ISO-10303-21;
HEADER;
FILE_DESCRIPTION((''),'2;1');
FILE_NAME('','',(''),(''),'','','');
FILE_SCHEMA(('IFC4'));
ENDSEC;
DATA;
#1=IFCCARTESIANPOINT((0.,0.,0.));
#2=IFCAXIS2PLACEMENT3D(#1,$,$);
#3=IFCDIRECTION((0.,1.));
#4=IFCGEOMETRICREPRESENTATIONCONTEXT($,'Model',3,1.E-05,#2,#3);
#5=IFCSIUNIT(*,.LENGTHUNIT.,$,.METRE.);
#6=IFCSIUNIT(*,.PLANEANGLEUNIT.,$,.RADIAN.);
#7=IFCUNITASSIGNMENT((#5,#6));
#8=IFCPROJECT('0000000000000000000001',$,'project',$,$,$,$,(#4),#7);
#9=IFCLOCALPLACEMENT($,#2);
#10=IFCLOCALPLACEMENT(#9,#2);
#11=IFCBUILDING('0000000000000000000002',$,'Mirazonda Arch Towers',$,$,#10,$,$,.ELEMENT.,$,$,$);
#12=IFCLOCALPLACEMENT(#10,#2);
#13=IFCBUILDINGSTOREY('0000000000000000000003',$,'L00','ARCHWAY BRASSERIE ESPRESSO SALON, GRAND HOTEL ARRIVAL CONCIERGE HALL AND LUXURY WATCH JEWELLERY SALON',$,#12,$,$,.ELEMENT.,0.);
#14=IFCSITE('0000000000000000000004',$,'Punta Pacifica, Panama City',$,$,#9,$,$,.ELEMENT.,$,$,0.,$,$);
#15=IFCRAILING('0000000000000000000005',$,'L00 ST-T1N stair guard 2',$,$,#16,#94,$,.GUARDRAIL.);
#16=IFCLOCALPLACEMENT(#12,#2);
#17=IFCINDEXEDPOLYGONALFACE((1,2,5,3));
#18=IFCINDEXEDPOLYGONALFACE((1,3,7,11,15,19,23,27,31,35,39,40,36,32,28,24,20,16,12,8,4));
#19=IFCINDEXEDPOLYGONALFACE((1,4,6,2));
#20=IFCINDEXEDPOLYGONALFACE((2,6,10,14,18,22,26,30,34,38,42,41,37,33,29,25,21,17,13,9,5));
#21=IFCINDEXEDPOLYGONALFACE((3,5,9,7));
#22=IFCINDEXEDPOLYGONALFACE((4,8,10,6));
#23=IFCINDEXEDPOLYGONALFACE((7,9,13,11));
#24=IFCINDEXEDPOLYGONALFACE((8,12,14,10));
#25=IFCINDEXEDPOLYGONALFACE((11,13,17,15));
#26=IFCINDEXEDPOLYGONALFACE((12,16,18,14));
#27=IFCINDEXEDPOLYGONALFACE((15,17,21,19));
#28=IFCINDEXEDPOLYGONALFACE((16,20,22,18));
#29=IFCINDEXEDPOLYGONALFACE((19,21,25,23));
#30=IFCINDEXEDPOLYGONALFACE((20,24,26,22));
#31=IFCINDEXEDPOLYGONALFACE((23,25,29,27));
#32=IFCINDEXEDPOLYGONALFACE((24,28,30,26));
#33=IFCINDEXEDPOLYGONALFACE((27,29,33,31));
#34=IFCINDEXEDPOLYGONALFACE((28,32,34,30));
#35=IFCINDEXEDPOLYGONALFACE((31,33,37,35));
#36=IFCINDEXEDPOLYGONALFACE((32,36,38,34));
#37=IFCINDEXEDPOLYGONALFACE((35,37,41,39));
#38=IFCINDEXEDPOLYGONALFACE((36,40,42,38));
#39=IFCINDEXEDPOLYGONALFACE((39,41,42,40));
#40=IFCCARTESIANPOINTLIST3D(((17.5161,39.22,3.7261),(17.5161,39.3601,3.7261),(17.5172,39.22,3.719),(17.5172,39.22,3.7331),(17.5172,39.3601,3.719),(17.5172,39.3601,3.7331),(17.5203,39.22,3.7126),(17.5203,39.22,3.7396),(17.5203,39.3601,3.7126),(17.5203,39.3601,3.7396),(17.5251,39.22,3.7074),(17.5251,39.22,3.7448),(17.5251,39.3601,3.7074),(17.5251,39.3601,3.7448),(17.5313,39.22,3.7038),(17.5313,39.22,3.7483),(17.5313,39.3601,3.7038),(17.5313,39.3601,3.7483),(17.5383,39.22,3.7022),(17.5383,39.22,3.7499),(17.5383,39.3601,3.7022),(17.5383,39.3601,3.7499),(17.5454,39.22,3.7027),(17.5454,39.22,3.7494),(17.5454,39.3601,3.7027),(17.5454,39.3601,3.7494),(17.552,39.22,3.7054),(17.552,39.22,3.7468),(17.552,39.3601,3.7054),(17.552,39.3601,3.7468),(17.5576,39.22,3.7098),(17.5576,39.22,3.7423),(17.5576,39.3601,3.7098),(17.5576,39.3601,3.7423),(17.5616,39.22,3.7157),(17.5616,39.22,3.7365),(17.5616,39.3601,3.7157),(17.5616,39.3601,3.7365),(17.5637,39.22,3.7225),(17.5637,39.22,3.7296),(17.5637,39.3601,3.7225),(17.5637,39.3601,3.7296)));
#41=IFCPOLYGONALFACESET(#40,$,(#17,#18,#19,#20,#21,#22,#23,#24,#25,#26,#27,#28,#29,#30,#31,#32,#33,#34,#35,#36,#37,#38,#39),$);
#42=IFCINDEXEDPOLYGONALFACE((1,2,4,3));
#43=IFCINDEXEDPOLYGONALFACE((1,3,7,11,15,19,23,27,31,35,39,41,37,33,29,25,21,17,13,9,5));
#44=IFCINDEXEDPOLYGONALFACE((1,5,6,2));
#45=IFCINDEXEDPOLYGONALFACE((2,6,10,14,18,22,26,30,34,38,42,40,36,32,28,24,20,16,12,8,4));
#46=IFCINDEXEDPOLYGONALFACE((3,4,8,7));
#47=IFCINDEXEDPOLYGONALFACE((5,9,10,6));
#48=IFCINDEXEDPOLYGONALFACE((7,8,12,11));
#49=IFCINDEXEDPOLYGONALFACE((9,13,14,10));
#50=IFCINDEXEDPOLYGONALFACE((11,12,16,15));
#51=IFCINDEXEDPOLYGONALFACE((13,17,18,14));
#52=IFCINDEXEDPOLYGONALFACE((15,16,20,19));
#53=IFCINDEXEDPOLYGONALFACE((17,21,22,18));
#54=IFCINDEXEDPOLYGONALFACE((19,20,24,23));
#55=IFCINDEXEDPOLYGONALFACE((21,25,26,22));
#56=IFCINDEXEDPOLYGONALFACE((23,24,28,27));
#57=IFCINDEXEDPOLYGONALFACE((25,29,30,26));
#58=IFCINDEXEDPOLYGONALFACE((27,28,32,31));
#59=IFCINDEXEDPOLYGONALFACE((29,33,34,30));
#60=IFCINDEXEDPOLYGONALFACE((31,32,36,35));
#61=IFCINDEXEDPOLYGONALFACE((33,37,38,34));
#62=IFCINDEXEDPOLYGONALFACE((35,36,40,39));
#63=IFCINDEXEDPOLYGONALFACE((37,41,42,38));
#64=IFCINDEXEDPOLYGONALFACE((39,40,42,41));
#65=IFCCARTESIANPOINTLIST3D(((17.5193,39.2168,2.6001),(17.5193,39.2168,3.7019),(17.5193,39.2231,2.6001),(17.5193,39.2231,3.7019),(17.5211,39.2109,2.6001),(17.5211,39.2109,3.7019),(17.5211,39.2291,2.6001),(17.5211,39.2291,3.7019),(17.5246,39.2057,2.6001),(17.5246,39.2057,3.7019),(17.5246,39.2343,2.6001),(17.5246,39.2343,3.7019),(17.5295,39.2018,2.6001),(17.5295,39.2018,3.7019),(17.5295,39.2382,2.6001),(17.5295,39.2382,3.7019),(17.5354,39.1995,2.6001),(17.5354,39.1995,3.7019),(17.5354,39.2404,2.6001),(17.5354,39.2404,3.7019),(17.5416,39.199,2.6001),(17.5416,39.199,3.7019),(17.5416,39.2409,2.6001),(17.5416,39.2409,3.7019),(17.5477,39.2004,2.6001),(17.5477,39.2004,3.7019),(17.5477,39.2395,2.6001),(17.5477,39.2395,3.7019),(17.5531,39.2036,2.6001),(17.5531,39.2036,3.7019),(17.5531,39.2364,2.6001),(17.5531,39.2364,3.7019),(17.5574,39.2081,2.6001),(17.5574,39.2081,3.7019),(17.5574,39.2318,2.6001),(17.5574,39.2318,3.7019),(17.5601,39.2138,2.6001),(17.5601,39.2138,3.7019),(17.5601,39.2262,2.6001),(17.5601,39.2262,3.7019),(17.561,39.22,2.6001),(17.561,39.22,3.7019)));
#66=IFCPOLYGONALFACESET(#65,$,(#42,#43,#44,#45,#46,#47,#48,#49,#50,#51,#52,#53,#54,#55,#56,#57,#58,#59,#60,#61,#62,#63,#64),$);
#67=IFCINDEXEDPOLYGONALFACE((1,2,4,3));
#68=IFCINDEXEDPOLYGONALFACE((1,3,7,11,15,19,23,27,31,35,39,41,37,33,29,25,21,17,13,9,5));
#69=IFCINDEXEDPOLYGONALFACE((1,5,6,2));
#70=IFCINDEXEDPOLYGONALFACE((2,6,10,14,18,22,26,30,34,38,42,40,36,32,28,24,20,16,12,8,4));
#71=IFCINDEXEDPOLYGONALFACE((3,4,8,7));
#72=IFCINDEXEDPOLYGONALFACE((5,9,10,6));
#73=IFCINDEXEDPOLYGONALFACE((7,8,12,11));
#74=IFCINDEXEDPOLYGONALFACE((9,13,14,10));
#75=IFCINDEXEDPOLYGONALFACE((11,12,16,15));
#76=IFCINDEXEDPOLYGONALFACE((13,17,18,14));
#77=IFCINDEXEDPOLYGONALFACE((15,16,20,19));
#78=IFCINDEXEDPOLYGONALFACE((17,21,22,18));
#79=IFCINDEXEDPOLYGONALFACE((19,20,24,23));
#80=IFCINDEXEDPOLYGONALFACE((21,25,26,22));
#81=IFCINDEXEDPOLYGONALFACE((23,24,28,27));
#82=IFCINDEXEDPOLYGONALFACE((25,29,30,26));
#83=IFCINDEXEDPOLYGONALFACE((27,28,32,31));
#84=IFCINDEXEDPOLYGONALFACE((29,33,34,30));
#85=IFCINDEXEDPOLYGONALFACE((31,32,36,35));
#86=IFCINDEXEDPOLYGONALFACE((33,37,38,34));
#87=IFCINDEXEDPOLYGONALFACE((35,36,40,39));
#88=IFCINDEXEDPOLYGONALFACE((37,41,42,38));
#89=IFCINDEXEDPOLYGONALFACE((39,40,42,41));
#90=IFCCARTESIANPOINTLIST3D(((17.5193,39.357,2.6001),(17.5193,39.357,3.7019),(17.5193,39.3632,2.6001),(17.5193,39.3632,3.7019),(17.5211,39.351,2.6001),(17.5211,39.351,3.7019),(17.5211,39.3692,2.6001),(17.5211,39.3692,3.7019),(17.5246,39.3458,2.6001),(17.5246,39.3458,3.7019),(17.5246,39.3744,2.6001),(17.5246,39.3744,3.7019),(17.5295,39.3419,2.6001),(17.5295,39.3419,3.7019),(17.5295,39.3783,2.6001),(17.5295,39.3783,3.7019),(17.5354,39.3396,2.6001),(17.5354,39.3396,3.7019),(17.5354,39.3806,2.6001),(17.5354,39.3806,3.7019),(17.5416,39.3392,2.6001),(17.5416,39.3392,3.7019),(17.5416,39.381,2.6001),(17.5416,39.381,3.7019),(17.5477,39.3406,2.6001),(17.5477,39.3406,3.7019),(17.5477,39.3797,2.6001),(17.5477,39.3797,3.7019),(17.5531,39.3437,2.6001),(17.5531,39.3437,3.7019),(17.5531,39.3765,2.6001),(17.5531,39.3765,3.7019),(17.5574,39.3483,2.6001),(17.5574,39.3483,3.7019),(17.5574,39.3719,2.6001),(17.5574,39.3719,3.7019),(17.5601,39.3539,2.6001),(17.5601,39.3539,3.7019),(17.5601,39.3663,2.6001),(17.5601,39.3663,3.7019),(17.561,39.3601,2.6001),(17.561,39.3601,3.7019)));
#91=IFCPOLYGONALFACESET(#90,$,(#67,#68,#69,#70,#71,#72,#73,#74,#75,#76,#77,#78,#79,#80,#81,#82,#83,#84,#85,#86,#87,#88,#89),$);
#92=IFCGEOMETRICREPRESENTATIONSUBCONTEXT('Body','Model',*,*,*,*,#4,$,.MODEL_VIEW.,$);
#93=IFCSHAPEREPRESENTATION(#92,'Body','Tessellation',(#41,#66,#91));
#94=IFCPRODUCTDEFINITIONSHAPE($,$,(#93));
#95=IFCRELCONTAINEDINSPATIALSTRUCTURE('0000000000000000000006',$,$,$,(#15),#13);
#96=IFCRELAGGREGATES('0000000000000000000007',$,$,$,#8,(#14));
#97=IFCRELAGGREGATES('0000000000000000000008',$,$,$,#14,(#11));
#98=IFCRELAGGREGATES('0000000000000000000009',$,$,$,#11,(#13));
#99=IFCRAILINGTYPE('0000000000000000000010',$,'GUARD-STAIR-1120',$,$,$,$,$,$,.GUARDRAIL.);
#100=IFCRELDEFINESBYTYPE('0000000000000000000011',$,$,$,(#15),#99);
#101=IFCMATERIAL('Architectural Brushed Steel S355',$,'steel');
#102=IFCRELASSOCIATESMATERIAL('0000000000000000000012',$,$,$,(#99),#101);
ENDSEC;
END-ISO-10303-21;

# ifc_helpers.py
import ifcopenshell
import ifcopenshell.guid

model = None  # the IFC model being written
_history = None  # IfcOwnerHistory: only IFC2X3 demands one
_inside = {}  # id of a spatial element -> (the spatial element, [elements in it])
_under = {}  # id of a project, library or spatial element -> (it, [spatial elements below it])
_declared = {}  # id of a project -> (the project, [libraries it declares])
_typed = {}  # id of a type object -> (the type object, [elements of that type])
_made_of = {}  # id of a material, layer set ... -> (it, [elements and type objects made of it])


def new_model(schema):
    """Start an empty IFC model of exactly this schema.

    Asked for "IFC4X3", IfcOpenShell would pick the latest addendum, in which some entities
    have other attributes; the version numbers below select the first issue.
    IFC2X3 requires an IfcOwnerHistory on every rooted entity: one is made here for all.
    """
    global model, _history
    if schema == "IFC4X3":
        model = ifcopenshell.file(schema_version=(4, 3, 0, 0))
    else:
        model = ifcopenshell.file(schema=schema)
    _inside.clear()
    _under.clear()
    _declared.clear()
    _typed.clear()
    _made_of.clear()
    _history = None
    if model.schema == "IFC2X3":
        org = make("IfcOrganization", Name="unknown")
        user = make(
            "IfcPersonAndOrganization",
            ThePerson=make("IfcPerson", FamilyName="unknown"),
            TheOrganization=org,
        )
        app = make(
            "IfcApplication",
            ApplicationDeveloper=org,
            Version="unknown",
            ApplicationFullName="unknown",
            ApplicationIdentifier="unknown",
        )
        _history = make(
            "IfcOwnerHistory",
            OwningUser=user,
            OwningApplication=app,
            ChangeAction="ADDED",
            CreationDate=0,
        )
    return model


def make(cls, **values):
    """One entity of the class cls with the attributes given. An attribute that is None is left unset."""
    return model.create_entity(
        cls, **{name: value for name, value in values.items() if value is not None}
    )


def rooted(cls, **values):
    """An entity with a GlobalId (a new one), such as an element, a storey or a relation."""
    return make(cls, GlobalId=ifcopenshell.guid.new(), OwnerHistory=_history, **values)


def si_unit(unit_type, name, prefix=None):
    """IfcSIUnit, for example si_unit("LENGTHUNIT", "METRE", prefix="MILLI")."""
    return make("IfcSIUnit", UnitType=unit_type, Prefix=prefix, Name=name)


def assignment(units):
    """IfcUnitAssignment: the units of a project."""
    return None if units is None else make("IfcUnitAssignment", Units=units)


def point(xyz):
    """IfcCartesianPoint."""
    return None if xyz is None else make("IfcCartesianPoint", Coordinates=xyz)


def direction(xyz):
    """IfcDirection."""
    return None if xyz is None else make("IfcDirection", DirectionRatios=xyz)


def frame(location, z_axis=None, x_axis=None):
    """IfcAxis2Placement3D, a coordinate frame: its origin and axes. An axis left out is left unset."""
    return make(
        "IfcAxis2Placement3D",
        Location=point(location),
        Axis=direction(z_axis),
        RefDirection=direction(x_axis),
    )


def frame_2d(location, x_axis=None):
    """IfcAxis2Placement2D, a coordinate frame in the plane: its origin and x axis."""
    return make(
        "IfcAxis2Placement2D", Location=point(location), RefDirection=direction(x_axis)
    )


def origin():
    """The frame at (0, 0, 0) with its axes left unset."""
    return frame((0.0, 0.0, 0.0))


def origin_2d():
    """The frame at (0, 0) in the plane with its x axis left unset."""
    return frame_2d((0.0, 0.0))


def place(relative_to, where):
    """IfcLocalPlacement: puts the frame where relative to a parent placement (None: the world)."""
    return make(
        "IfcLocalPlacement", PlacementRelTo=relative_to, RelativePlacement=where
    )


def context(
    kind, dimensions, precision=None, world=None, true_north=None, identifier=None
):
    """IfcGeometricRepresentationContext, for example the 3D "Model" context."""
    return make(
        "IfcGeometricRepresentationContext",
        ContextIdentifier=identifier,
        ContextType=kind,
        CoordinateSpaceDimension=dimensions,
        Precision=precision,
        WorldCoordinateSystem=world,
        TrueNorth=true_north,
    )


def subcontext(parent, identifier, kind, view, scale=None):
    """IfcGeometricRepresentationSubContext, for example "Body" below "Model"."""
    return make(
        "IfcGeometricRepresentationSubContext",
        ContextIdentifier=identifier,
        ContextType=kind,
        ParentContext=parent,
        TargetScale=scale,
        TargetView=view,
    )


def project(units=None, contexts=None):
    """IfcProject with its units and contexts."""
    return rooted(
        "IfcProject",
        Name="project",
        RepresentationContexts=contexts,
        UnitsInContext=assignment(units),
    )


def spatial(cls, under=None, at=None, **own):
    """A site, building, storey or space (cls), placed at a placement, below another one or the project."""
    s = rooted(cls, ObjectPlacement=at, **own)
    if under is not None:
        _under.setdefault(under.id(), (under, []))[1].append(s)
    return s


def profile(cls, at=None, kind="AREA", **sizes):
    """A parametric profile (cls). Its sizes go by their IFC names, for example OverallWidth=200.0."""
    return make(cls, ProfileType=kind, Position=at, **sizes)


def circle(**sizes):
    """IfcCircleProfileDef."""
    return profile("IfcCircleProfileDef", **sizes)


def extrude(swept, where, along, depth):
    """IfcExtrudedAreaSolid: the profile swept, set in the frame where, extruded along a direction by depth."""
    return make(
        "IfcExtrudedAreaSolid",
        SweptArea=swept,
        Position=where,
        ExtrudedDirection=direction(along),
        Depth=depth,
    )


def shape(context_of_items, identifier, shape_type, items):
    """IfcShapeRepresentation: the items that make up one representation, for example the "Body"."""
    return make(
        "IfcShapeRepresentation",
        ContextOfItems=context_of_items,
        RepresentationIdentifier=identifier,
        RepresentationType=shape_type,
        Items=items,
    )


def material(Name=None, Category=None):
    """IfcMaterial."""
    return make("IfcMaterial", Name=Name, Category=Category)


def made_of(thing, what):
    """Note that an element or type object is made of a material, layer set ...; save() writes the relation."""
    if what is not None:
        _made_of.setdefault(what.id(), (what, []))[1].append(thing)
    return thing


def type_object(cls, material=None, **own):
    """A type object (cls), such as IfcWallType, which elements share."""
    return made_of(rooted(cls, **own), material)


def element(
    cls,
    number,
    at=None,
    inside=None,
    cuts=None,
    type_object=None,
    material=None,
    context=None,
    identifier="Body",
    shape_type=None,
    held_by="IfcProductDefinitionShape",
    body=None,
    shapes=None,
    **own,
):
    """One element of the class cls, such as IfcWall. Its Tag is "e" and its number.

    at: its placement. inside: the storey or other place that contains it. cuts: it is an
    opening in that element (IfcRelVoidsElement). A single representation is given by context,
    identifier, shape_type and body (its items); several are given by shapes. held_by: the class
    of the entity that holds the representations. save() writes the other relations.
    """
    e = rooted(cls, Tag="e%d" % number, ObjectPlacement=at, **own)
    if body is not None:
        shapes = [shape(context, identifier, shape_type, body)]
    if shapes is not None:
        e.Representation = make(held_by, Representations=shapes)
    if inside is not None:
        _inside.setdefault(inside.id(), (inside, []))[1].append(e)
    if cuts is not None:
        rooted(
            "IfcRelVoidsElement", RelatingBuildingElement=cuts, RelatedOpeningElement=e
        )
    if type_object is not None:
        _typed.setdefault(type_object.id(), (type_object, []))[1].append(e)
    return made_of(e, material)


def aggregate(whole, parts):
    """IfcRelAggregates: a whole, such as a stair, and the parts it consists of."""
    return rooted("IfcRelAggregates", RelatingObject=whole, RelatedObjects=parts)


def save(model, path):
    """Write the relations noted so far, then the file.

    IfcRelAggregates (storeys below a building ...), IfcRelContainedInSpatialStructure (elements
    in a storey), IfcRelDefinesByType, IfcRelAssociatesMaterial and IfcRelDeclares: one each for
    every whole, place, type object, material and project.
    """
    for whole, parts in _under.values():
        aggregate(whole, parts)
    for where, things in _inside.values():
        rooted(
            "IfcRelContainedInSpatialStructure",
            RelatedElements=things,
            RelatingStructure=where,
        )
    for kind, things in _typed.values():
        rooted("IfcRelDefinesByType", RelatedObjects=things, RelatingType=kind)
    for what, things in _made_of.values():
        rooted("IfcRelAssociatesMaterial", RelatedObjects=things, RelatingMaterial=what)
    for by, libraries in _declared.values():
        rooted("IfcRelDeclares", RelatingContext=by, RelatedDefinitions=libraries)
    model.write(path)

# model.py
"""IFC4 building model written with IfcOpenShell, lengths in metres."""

from ifc_helpers import new_model, si_unit, direction, frame, origin, origin_2d, place, context, subcontext, project, spatial, circle, extrude, material, type_object, element, save


model = new_model("IFC4")

# Units and contexts
model_context = context("Model", 3, precision=1e-05, world=origin(), true_north=direction((0.0, 1.0)))
body_context = subcontext(model_context, "Body", "Model", "MODEL_VIEW")
ifc_project = project(units=[si_unit("LENGTHUNIT", "METRE"), si_unit("PLANEANGLEUNIT", "RADIAN")], contexts=[model_context])

# Site, building, storey
site_placement = place(None, origin())
site = spatial("IfcSite", under=ifc_project, at=site_placement, Name="Punta Pacifica, Panama City", CompositionType="ELEMENT", RefElevation=0.0)
building_placement = place(site_placement, origin())
building = spatial("IfcBuilding", under=site, at=building_placement, Name="Mirazonda Arch Towers", CompositionType="ELEMENT")
storey_placement = place(building_placement, origin())
storey = spatial("IfcBuildingStorey", under=building, at=storey_placement, Name="L00", Description="ARCHWAY BRASSERIE ESPRESSO SALON, GRAND HOTEL ARRIVAL CONCIERGE HALL AND LUXURY WATCH JEWELLERY SALON", CompositionType="ELEMENT", Elevation=0.0)

# Railing
ifc_material_1 = material(Name="Architectural Brushed Steel S355", Category="steel")
railing_type_1 = type_object("IfcRailingType", Name="GUARD-STAIR-1120", PredefinedType="GUARDRAIL", material=ifc_material_1)
railing_1_placement = place(storey_placement, frame((17.54, 39.22, 2.6001)))
element("IfcRailing", 1, at=railing_1_placement, inside=storey, type_object=railing_type_1, Name="L00 ST-T1N stair guard 2", PredefinedType="GUARDRAIL", context=body_context, shape_type="SweptSolid", body=[
    extrude(circle(Radius=0.0239, at=origin_2d()), frame((0.0, 0.0, 1.126), z_axis=(0.0, 1.0, 0.0), x_axis=(-1.0, 0.0, 0.0)), (0.0, 0.0, 1.0), 0.1401),
    extrude(circle(Radius=0.021, at=origin_2d()), origin(), (0.0, 0.0, 1.0), 1.1018),
    extrude(circle(Radius=0.021, at=origin_2d()), frame((0.0, 0.1401, 0.0)), (0.0, 0.0, 1.0), 1.1018),
])

save(model, "model.ifc")
